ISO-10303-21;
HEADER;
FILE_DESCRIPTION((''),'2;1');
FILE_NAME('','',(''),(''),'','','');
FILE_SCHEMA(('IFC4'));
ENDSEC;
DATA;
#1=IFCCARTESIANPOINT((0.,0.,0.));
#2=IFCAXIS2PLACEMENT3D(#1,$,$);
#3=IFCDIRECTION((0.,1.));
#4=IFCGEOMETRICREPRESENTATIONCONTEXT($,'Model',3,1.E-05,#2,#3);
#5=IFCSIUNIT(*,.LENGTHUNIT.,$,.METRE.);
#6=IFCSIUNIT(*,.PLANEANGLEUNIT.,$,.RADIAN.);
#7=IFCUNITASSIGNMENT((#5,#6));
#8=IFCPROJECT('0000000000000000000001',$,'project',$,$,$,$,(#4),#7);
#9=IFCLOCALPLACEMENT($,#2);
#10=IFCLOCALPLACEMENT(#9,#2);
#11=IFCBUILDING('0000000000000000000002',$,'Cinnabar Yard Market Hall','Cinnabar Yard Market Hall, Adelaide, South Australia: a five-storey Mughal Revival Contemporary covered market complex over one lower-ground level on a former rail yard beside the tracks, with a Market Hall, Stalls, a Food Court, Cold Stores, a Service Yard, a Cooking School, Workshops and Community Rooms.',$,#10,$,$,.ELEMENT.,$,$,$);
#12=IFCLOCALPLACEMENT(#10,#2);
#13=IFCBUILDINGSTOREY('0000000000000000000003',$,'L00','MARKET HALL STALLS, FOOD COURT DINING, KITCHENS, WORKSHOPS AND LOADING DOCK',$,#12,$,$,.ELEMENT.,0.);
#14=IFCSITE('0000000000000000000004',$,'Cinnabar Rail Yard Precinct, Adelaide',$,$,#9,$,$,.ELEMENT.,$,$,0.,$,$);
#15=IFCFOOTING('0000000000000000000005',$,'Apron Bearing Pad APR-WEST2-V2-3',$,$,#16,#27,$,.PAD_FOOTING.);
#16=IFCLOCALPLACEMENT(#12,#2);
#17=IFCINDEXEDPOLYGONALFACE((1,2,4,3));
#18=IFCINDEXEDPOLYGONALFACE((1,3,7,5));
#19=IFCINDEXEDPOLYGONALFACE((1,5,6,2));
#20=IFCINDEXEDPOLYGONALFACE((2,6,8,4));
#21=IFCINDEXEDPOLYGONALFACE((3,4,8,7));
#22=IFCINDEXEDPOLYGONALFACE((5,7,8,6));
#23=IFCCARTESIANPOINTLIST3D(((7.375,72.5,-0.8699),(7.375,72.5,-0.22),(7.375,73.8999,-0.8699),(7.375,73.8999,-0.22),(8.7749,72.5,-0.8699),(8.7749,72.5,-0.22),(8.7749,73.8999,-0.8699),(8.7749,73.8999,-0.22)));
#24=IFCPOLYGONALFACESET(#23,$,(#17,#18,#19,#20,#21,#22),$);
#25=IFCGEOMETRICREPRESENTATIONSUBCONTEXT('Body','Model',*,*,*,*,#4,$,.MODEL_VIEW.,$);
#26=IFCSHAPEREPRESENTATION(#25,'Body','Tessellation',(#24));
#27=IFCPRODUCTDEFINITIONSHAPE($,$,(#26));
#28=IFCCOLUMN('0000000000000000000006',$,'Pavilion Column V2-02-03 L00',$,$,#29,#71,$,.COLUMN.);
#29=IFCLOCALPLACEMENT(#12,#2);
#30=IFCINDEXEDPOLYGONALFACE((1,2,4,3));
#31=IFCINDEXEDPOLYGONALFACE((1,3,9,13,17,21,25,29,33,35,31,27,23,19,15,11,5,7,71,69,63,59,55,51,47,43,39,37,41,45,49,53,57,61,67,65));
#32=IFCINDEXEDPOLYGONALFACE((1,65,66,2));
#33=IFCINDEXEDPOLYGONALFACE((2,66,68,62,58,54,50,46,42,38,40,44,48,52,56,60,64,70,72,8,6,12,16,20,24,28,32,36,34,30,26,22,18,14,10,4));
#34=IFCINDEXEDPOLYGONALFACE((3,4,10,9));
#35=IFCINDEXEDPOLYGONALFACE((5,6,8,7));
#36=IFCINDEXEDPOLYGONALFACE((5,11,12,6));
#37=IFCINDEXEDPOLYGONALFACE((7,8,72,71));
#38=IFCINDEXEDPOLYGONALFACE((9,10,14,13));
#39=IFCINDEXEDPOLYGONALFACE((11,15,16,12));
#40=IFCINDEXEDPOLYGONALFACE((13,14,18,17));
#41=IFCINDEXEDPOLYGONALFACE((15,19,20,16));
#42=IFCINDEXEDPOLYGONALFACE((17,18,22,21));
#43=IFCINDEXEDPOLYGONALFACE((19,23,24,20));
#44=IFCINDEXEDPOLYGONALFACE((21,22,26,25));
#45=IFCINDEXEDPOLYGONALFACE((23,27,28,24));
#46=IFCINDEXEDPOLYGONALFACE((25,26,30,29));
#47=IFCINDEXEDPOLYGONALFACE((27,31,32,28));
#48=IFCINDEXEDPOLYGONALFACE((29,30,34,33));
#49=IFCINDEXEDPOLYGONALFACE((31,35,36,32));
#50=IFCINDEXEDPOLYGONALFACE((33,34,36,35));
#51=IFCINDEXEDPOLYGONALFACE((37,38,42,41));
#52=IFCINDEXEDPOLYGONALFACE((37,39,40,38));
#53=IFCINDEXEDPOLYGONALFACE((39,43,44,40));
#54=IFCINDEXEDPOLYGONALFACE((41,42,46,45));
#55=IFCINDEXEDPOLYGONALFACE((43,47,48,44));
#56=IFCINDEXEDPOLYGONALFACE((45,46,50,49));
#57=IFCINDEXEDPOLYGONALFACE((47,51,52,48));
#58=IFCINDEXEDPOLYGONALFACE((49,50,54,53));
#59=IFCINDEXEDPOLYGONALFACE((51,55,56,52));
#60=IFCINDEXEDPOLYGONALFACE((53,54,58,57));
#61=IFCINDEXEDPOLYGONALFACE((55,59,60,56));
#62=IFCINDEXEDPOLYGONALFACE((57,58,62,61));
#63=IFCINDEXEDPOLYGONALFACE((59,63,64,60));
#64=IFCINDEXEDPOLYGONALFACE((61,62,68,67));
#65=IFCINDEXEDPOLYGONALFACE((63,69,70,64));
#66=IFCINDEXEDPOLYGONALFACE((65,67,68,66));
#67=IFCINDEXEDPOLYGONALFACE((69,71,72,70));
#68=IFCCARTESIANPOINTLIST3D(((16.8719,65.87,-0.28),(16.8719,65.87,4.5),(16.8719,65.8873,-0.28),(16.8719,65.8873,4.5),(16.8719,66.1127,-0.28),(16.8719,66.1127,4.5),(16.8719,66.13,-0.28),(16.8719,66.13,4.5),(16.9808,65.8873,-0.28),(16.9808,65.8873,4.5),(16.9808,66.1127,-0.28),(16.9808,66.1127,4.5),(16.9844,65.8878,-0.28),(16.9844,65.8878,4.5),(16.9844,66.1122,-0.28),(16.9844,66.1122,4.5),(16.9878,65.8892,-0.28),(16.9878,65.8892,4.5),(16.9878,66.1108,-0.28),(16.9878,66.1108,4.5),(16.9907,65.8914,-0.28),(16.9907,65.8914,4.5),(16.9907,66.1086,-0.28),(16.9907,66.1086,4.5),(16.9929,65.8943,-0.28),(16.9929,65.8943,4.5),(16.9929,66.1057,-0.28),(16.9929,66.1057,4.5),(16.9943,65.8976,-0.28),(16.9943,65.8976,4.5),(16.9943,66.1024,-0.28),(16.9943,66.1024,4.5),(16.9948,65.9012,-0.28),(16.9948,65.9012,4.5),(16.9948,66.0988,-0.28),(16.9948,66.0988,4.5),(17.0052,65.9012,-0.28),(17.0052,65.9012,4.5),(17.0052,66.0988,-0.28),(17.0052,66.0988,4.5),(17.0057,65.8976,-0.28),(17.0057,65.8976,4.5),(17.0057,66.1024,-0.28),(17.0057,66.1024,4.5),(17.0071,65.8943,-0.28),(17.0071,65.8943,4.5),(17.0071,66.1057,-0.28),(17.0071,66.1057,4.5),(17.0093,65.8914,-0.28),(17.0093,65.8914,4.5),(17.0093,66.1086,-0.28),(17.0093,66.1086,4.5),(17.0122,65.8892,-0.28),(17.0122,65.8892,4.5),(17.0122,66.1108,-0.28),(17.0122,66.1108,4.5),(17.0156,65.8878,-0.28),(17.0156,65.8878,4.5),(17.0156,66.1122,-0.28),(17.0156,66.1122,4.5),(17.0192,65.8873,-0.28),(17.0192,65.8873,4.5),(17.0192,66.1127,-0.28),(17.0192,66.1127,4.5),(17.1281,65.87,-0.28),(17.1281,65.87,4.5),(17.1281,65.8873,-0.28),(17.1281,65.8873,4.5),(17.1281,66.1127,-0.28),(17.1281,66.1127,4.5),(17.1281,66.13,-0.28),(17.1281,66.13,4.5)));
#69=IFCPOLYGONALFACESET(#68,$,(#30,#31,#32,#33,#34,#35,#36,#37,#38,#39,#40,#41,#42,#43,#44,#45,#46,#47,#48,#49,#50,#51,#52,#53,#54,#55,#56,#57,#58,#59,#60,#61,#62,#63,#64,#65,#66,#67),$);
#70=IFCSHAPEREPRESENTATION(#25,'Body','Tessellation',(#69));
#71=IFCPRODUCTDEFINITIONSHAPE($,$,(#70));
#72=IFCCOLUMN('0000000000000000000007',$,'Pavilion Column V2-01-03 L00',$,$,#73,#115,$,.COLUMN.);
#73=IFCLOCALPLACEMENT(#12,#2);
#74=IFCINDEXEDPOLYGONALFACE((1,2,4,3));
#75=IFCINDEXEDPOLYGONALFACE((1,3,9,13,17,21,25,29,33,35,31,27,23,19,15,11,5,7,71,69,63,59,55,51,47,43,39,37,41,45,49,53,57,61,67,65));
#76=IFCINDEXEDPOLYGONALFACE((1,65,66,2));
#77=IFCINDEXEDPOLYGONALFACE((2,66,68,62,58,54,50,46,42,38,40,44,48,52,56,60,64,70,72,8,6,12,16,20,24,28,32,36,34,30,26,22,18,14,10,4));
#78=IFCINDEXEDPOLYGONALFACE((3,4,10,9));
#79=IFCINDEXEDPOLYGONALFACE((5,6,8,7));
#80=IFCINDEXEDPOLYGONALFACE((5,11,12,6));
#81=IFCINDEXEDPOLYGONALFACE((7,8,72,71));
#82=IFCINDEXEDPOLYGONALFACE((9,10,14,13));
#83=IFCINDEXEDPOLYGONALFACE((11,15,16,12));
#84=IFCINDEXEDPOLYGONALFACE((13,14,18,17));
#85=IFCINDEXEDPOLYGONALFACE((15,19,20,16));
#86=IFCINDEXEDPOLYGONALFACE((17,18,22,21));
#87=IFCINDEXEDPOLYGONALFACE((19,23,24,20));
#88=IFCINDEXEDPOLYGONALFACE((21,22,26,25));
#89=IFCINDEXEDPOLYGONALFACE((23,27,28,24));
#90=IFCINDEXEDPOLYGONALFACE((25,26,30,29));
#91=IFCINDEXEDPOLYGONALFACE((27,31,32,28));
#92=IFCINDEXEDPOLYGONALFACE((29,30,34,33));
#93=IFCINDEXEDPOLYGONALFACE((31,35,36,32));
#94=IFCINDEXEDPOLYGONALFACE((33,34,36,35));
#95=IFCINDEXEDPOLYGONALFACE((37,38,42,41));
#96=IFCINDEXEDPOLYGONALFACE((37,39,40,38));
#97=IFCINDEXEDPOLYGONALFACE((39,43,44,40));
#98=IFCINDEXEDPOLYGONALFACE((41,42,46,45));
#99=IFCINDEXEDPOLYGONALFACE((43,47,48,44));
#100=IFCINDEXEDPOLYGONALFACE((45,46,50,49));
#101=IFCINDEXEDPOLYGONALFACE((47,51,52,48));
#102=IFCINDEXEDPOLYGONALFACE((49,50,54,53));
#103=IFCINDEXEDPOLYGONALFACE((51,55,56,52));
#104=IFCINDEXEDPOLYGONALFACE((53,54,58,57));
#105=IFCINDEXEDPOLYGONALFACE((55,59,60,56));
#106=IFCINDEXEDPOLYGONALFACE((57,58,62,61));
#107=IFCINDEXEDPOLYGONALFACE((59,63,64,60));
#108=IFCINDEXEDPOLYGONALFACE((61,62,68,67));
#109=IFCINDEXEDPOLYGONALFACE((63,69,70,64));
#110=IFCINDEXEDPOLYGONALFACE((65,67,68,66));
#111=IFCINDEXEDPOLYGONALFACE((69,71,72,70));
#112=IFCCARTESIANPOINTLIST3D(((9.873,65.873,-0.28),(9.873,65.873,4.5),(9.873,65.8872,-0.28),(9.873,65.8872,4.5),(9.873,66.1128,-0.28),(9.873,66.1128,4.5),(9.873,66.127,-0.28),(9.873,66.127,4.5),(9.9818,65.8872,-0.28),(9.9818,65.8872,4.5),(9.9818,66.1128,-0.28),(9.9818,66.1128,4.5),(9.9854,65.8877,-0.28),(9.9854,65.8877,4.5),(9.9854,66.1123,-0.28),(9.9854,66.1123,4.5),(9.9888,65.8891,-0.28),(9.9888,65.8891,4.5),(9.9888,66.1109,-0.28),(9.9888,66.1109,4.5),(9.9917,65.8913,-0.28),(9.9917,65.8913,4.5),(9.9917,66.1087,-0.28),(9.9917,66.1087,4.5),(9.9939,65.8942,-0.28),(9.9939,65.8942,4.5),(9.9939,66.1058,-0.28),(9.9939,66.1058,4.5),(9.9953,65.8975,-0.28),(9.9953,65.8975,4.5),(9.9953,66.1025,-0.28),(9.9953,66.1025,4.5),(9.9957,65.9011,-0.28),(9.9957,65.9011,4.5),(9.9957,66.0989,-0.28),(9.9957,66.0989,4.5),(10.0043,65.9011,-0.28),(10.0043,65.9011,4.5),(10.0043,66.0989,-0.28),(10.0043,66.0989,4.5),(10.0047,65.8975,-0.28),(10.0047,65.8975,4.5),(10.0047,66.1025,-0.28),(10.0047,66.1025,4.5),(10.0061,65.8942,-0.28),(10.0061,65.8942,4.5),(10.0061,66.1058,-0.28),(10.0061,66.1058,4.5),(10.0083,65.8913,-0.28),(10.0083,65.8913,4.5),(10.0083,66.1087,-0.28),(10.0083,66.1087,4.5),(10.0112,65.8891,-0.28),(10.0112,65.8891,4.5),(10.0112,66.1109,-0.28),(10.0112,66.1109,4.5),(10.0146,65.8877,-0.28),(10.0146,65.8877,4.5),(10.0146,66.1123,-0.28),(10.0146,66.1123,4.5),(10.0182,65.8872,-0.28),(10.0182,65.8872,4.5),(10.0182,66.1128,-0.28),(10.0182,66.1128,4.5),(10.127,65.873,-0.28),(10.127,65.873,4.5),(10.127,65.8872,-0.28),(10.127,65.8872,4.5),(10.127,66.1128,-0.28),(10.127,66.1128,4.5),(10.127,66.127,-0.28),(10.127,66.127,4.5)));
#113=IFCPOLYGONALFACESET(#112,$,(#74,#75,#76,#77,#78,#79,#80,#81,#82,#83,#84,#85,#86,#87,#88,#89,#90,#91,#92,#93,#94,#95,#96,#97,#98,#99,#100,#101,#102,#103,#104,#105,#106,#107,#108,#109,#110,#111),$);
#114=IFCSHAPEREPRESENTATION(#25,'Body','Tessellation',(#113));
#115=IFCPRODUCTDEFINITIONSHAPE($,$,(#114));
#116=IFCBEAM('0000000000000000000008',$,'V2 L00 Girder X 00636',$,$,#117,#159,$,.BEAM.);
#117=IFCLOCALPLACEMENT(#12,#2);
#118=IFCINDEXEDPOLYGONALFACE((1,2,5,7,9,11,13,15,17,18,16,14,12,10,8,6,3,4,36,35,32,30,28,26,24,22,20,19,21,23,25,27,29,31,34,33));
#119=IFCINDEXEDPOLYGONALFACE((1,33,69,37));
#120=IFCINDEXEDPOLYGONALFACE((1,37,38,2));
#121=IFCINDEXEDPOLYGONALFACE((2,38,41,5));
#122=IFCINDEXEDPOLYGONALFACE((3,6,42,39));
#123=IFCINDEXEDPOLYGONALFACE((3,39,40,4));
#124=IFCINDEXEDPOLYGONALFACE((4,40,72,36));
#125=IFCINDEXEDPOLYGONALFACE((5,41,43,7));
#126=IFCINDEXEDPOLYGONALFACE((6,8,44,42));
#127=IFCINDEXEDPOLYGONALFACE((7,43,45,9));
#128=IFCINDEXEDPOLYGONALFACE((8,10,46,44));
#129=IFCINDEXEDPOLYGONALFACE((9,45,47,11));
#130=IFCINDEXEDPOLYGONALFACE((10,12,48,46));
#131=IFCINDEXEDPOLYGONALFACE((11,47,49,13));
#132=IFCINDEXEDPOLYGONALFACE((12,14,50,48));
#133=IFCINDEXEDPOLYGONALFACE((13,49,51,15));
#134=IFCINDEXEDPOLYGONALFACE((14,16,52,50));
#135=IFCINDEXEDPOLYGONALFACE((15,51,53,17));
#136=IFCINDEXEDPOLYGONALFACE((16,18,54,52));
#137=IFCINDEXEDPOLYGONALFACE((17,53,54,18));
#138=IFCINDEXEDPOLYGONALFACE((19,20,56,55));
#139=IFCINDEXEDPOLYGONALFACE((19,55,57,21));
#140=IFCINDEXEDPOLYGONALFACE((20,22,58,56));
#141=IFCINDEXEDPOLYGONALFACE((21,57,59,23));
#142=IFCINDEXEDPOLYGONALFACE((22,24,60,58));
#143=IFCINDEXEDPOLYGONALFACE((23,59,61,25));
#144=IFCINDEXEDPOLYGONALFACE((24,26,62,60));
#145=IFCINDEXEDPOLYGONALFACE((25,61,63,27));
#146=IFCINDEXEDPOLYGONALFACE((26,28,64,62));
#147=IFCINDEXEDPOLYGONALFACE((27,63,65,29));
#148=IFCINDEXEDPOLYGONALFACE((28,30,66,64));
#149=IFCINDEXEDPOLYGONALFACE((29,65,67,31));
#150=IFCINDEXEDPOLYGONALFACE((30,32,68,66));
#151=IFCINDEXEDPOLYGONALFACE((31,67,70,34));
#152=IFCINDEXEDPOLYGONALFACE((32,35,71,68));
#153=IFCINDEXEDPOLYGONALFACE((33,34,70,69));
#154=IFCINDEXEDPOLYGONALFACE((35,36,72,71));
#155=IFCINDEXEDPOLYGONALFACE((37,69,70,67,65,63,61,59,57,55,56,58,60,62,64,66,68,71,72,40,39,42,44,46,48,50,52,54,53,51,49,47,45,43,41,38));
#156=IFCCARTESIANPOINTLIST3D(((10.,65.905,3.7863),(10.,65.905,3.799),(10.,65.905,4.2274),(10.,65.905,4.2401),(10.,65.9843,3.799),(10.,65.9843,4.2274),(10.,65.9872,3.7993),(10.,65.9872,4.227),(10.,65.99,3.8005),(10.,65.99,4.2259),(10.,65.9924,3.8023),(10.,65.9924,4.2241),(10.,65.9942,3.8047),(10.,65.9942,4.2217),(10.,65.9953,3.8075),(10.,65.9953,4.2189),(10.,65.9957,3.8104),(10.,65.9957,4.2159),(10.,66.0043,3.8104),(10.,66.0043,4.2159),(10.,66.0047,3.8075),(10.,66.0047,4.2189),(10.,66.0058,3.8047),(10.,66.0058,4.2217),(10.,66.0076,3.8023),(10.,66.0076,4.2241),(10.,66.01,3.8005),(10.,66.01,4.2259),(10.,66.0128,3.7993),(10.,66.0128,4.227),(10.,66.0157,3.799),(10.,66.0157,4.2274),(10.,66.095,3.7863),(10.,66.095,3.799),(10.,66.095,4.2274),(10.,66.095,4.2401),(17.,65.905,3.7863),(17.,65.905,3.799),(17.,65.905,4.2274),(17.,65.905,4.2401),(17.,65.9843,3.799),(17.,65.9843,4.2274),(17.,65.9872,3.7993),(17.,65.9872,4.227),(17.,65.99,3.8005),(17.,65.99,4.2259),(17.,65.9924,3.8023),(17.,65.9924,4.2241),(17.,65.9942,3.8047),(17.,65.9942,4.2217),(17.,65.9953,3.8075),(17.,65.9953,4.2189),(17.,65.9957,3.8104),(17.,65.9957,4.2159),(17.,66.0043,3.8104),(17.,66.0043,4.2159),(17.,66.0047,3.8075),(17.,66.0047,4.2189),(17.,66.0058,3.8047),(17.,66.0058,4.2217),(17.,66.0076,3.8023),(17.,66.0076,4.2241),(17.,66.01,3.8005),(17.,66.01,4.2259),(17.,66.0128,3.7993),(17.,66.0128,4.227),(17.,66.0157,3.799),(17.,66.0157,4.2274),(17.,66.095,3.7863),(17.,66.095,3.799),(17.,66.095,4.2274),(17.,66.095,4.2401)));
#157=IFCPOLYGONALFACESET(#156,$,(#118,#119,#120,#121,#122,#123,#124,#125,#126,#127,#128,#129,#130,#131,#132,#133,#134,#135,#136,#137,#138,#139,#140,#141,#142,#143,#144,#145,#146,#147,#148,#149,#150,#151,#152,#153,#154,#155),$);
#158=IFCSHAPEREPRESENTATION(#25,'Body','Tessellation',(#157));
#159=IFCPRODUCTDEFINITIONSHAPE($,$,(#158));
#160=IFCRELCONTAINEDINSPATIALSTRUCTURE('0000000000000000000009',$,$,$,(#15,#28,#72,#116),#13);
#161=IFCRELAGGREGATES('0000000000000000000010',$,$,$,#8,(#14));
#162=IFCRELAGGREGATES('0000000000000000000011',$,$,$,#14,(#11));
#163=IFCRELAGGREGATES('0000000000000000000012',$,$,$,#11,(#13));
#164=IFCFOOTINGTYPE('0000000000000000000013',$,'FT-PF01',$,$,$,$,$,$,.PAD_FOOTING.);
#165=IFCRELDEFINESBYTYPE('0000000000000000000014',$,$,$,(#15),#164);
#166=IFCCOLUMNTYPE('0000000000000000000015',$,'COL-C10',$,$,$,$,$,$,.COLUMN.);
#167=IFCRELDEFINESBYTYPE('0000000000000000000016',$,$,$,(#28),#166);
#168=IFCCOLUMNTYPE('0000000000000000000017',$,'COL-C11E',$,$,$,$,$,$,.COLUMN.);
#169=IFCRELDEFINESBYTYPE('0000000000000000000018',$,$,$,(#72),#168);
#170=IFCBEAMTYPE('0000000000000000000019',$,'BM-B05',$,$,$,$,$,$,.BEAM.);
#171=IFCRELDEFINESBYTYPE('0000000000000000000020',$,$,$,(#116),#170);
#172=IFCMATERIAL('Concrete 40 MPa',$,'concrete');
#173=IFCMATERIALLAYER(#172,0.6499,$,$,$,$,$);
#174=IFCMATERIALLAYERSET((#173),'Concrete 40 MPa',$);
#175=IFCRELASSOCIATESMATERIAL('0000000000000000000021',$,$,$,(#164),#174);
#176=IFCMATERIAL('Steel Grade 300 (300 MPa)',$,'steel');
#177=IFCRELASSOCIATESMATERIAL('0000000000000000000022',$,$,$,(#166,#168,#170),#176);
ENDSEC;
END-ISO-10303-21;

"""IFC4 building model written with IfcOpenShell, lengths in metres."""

from ifc_helpers import new_model, si_unit, direction, frame, origin, origin_2d_with_axis, place, context, subcontext, project, spatial, rectangle, i_section, extrude, material, layer, layer_set, material_profile, profile_set, type_object, element, save


model = new_model("IFC4")

# Units and contexts
model_context = context("Model", 3, precision=1e-05, world=origin(), true_north=direction((0.0, 1.0)))
body_context = subcontext(model_context, "Body", "Model", "MODEL_VIEW")
ifc_project = project(units=[si_unit("LENGTHUNIT", "METRE"), si_unit("PLANEANGLEUNIT", "RADIAN")], contexts=[model_context])

# Site, building, storey
site_placement = place(None, origin())
site = spatial("IfcSite", under=ifc_project, at=site_placement, Name="Cinnabar Rail Yard Precinct, Adelaide", CompositionType="ELEMENT", RefElevation=0.0)
building_placement = place(site_placement, origin())
building = spatial("IfcBuilding", under=site, at=building_placement, Name="Cinnabar Yard Market Hall", Description="Cinnabar Yard Market Hall, Adelaide, South Australia: a five-storey Mughal Revival Contemporary covered market complex over one lower-ground level on a former rail yard beside the tracks, with a Market Hall, Stalls, a Food Court, Cold Stores, a Service Yard, a Cooking School, Workshops and Community Rooms.", CompositionType="ELEMENT")
storey_placement = place(building_placement, origin())
storey = spatial("IfcBuildingStorey", under=building, at=storey_placement, Name="L00", Description="MARKET HALL STALLS, FOOD COURT DINING, KITCHENS, WORKSHOPS AND LOADING DOCK", CompositionType="ELEMENT", Elevation=0.0)

# Footing
ifc_material_1 = material(Name="Concrete 40 MPa", Category="concrete")
ifc_layer_1 = layer(ifc_material_1, 0.6499)
ifc_layer_set_1 = layer_set([ifc_layer_1], Name="Concrete 40 MPa")
footing_type = type_object("IfcFootingType", Name="FT-PF01", PredefinedType="PAD_FOOTING", material=ifc_layer_set_1)
footing_placement = place(storey_placement, frame((8.075, 73.2, -0.8699), z_axis=(0.0, 0.0, 1.0), x_axis=(1.0, 0.0, 0.0)))
element("IfcFooting", 1, at=footing_placement, inside=storey, type_object=footing_type, Name="Apron Bearing Pad APR-WEST2-V2-3", PredefinedType="PAD_FOOTING", context=body_context, shape_type="SweptSolid", body=[
    extrude(rectangle(XDim=1.3999, YDim=1.3999, at=origin_2d_with_axis()), origin(), (0.0, 0.0, 1.0), 0.6499),
])

# Columns
ifc_material_2 = material(Name="Steel Grade 300 (300 MPa)", Category="steel")
ifc_material_profile_1 = material_profile(ifc_material_2, i_section(OverallWidth=0.2561, OverallDepth=0.26, WebThickness=0.0105, FlangeThickness=0.0173, FilletRadius=0.0139, at=origin_2d_with_axis()), Name="250UC89.5")
ifc_profile_set_1 = profile_set([ifc_material_profile_1], Name="Steel Grade 300 (300 MPa)")
column_type_1 = type_object("IfcColumnType", Name="COL-C10", PredefinedType="COLUMN", material=ifc_profile_set_1)
column_1_placement = place(storey_placement, frame((17.0, 66.0, -0.28), z_axis=(0.0, 0.0, 1.0), x_axis=(1.0, 0.0, 0.0)))
element("IfcColumn", 2, at=column_1_placement, inside=storey, type_object=column_type_1, Name="Pavilion Column V2-02-03 L00", PredefinedType="COLUMN", context=body_context, shape_type="SweptSolid", body=[
    extrude(i_section(OverallWidth=0.2561, OverallDepth=0.26, WebThickness=0.0105, FlangeThickness=0.0173, FilletRadius=0.0139, at=origin_2d_with_axis()), origin(), (0.0, 0.0, 1.0), 4.78),
])
ifc_material_profile_2 = material_profile(ifc_material_2, i_section(OverallWidth=0.2539, OverallDepth=0.2539, WebThickness=0.0085, FlangeThickness=0.0142, FilletRadius=0.0139, at=origin_2d_with_axis()), Name="250UC72.9")
ifc_profile_set_2 = profile_set([ifc_material_profile_2], Name="Steel Grade 300 (300 MPa)")
column_type_2 = type_object("IfcColumnType", Name="COL-C11E", PredefinedType="COLUMN", material=ifc_profile_set_2)
column_2_placement = place(storey_placement, frame((10.0, 66.0, -0.28), z_axis=(0.0, 0.0, 1.0), x_axis=(1.0, 0.0, 0.0)))
element("IfcColumn", 3, at=column_2_placement, inside=storey, type_object=column_type_2, Name="Pavilion Column V2-01-03 L00", PredefinedType="COLUMN", context=body_context, shape_type="SweptSolid", body=[
    extrude(i_section(OverallWidth=0.2539, OverallDepth=0.2539, WebThickness=0.0085, FlangeThickness=0.0142, FilletRadius=0.0139, at=origin_2d_with_axis()), origin(), (0.0, 0.0, 1.0), 4.78),
])

# Beam
ifc_material_profile_3 = material_profile(ifc_material_2, i_section(OverallWidth=0.1899, OverallDepth=0.4539, WebThickness=0.0085, FlangeThickness=0.0127, FilletRadius=0.0115, at=origin_2d_with_axis()), Name="460UB67.1")
ifc_profile_set_3 = profile_set([ifc_material_profile_3], Name="Steel Grade 300 (300 MPa)")
beam_type_1 = type_object("IfcBeamType", Name="BM-B05", PredefinedType="BEAM", material=ifc_profile_set_3)
for number, where, z_axis, x_axis, name in (
    (4, (10.0, 66.0, 4.0132), (1.0, 0.0, 0.0), (0.0, 1.0, 0.0), "V2 L00 Girder X 00636"),
):
    element("IfcBeam", number, at=place(storey_placement, frame(where, z_axis=z_axis, x_axis=x_axis)), inside=storey, type_object=beam_type_1, Name=name, PredefinedType="BEAM", context=body_context, shape_type="SweptSolid", body=[
        extrude(i_section(OverallWidth=0.1899, OverallDepth=0.4539, WebThickness=0.0085, FlangeThickness=0.0127, FilletRadius=0.0115, at=origin_2d_with_axis()), origin(), (0.0, 0.0, 1.0), 7.0),
    ])

save(model, "model.ifc")
